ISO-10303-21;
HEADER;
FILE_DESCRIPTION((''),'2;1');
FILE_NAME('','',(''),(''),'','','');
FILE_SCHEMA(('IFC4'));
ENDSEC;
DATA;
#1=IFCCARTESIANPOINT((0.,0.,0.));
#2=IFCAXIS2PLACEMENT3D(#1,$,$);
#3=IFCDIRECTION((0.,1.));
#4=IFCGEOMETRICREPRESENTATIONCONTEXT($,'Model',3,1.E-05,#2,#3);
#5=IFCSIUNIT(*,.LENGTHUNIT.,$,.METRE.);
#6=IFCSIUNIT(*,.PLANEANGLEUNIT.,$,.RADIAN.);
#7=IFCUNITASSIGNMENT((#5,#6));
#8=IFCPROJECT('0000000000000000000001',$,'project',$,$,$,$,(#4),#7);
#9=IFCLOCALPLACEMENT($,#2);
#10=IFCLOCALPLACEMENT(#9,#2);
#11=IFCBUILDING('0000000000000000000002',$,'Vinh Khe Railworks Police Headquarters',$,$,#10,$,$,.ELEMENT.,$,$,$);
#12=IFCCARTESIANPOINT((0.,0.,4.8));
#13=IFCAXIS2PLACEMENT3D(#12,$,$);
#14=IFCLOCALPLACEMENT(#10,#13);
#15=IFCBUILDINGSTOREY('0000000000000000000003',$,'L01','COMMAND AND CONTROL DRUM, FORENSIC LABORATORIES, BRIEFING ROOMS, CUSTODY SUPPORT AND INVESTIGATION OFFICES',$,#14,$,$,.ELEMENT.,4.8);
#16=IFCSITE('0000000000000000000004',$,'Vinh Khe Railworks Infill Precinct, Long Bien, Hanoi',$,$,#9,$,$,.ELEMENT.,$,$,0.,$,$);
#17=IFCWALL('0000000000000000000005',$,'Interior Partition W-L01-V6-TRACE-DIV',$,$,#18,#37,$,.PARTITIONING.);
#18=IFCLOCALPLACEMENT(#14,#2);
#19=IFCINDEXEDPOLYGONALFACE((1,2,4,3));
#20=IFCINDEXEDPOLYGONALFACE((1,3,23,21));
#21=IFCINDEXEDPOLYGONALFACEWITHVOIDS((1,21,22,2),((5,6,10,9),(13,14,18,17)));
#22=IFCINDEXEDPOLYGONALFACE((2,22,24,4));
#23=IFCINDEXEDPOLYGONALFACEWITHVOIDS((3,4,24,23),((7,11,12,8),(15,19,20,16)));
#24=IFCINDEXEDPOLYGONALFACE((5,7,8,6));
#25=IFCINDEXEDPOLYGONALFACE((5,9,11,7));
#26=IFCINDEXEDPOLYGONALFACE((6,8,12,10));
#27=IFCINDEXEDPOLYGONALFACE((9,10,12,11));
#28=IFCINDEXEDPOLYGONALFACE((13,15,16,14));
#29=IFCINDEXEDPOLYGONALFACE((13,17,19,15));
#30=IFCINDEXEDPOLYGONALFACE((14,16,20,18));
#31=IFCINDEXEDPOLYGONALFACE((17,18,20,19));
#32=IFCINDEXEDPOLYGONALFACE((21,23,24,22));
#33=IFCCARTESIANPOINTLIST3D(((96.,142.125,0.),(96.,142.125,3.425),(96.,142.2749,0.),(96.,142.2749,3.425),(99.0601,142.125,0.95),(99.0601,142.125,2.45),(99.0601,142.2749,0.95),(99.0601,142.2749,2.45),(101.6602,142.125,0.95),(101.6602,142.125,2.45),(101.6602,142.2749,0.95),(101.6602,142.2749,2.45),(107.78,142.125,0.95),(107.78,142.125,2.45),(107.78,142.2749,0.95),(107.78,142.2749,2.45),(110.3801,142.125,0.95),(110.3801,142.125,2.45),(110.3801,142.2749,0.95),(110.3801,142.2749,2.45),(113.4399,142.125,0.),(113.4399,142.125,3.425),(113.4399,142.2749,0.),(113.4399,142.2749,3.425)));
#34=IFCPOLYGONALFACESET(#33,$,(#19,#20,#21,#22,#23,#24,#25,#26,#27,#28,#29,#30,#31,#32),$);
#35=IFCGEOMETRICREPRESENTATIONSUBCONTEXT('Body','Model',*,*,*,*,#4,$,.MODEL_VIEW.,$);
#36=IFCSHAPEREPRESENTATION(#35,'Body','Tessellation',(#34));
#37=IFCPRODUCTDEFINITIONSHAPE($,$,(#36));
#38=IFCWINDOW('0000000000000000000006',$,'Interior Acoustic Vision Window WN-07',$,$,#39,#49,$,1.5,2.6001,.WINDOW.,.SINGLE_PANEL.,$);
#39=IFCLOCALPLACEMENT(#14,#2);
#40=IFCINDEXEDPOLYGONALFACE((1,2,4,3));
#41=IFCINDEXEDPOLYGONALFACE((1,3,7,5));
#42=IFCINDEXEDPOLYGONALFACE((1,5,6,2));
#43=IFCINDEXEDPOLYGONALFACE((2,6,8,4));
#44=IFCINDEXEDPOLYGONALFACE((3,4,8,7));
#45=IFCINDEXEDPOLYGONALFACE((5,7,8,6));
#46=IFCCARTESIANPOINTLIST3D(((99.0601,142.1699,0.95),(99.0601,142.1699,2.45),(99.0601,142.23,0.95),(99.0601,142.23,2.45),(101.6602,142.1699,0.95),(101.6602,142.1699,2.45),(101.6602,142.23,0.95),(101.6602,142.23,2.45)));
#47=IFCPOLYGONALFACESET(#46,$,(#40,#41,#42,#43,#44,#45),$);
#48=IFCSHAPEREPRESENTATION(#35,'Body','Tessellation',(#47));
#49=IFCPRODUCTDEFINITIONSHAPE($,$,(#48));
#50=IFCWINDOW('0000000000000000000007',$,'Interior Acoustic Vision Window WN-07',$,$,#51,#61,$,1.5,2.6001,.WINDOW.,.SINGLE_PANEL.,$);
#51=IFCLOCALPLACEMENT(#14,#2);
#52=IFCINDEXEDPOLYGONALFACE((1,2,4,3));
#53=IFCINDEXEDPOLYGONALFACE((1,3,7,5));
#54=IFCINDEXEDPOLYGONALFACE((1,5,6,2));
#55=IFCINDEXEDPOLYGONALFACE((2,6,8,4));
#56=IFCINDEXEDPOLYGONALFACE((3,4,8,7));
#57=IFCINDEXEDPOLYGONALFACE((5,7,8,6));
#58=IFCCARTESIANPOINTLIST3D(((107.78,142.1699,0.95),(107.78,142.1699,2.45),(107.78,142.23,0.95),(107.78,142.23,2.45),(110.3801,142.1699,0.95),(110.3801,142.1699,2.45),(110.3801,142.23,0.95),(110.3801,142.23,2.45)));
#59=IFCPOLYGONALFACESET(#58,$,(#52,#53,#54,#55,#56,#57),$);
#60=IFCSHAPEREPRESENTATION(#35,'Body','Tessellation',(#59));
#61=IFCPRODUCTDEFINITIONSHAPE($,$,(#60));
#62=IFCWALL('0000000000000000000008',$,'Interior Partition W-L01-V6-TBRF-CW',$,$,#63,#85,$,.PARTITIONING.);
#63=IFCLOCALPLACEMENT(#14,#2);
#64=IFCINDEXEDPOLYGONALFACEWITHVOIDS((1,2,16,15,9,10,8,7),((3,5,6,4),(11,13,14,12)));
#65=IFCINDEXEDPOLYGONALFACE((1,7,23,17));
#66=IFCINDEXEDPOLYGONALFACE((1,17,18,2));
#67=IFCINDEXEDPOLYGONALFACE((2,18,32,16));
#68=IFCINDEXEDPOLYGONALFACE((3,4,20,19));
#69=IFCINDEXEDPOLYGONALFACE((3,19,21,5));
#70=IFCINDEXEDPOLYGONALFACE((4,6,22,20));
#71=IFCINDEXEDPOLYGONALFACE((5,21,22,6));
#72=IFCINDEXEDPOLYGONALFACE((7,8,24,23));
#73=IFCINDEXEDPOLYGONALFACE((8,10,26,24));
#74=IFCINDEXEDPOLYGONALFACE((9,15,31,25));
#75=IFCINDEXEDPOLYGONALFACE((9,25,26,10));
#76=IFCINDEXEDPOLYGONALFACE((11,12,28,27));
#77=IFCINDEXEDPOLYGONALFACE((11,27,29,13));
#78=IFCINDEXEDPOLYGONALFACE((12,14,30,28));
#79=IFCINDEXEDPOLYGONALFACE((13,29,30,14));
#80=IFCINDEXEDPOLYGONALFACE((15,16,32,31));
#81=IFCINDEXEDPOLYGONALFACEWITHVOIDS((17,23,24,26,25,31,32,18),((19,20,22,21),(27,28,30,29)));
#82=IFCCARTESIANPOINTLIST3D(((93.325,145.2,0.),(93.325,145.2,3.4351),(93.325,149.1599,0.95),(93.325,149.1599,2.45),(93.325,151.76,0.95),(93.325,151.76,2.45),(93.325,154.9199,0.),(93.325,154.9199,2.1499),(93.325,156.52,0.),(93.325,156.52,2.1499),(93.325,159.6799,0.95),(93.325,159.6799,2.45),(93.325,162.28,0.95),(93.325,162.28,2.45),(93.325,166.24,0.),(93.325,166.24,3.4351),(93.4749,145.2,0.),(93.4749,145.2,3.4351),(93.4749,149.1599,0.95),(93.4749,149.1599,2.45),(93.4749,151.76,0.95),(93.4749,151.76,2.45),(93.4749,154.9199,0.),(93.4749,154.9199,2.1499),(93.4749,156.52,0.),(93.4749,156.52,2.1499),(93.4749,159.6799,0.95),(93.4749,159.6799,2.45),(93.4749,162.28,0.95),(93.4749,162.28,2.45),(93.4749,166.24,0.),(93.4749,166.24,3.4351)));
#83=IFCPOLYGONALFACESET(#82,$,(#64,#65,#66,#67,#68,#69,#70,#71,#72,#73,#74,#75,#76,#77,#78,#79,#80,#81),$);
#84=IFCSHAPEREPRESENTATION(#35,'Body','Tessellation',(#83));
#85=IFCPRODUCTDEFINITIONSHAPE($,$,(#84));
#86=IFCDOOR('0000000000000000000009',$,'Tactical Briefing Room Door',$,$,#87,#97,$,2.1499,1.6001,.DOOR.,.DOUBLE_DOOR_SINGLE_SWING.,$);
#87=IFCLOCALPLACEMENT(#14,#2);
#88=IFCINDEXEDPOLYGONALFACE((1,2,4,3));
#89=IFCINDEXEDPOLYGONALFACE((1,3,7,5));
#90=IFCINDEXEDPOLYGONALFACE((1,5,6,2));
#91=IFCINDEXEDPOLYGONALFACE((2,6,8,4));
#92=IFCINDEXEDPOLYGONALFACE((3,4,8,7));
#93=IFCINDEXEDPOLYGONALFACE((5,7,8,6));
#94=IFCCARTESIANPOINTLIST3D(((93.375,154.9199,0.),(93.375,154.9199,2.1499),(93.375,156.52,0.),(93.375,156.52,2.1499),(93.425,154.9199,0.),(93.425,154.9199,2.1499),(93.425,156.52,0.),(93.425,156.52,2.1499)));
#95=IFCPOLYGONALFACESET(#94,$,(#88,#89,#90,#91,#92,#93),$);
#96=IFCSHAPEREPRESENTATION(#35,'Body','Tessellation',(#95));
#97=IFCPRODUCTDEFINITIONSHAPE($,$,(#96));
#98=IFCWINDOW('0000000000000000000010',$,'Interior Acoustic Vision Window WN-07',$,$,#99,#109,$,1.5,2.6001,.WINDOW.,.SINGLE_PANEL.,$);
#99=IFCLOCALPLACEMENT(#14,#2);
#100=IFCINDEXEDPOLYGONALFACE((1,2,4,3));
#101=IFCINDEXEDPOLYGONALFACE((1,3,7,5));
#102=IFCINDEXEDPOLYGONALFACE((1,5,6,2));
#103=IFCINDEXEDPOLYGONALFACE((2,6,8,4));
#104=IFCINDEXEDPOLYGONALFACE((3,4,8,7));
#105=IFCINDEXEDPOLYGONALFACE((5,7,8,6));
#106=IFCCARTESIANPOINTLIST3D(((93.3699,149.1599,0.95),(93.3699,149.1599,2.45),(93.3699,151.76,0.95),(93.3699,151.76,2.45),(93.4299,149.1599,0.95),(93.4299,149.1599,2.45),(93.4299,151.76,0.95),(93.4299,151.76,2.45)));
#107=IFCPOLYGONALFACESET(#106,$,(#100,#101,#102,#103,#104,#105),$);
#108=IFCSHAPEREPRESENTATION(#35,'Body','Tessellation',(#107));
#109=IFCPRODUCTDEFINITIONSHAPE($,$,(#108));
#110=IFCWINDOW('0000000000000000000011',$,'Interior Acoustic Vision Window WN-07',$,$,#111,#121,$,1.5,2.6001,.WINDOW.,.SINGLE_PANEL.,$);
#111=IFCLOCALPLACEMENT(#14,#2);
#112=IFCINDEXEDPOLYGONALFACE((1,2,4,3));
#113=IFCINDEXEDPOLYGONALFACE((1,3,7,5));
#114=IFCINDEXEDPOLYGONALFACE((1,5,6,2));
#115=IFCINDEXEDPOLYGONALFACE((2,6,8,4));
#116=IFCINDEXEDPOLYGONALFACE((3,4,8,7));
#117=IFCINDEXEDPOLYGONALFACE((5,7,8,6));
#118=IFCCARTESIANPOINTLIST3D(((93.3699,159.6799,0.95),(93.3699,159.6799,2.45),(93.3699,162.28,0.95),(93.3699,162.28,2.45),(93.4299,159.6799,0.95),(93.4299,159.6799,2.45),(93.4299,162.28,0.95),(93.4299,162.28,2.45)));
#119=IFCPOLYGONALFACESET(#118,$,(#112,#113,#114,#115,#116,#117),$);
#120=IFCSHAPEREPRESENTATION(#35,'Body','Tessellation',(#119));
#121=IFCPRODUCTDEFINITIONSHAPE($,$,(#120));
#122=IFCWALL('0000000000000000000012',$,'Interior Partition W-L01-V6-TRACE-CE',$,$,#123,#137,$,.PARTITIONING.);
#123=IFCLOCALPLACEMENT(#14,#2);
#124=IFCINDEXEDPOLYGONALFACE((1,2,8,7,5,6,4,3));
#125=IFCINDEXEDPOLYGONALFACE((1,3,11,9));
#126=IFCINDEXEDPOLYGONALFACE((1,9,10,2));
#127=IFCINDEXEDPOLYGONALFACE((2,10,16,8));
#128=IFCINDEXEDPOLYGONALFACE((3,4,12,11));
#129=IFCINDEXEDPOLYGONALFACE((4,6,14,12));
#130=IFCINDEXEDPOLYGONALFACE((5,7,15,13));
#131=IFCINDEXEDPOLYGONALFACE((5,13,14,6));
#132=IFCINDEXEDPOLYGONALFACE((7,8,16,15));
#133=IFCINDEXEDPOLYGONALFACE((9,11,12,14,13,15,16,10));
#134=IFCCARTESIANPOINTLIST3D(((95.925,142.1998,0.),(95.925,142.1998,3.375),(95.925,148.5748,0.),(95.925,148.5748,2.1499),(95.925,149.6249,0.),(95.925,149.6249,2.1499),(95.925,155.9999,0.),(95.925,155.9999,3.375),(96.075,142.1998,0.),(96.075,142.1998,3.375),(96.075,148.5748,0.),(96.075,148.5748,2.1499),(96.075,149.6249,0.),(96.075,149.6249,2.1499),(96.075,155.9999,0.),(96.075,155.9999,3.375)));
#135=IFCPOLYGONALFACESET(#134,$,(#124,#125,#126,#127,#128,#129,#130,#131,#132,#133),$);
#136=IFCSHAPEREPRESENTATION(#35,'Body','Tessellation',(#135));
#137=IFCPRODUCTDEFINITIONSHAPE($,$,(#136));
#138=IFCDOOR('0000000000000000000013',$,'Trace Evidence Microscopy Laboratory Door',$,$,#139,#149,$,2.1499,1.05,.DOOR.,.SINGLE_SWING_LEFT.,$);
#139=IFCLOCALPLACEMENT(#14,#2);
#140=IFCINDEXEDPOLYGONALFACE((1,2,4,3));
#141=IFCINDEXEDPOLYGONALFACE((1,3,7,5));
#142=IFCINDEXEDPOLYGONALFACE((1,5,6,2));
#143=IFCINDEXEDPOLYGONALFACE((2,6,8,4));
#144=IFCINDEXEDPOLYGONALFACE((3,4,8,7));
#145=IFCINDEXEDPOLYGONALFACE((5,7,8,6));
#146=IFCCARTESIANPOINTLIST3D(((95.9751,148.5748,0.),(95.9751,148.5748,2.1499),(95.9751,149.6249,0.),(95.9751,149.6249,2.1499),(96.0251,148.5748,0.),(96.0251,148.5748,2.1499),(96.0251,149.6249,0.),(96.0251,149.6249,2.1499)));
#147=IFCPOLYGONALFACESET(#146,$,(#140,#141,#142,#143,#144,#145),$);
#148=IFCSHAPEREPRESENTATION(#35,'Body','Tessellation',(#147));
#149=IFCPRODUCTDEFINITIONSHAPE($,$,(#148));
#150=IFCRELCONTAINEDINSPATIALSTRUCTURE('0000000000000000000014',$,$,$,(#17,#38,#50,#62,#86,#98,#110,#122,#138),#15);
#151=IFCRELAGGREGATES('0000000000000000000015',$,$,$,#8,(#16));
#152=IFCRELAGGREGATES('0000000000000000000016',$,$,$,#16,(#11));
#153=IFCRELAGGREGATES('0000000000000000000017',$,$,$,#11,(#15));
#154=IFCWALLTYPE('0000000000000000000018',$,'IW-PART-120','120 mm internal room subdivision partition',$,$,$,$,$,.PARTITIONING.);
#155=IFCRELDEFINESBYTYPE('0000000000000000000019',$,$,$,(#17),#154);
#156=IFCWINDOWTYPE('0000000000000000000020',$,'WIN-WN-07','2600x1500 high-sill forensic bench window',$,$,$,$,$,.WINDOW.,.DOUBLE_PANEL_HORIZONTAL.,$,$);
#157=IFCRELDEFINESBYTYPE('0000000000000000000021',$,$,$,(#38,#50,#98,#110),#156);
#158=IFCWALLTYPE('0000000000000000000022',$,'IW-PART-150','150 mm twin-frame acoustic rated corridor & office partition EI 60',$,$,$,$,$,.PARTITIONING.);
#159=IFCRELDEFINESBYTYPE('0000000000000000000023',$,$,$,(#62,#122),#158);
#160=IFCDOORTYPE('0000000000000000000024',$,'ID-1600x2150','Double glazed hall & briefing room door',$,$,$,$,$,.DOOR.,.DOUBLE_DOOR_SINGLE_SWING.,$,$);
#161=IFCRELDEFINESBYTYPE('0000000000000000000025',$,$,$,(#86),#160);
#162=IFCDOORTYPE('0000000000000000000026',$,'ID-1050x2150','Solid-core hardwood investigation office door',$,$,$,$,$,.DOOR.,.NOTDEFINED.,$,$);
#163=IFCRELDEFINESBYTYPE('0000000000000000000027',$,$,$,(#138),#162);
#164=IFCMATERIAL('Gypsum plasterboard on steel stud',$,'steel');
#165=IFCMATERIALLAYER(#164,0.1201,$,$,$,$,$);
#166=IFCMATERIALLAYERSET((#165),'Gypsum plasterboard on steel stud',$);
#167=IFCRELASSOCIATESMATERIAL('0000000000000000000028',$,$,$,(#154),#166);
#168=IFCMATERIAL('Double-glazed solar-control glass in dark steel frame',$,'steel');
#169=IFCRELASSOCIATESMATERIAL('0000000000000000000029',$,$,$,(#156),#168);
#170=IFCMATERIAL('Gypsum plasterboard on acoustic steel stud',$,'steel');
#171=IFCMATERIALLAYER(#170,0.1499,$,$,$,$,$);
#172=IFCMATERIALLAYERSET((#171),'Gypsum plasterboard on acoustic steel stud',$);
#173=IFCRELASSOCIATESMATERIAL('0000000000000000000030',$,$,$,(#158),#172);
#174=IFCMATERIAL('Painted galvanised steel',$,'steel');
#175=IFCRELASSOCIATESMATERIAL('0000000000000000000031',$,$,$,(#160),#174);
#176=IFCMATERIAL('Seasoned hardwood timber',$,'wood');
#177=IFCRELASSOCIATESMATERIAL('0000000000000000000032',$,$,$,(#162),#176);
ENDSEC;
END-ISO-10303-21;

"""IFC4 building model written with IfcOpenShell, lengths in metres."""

from ifc_helpers import new_model, si_unit, direction, frame, frame_2d, origin, place, context, subcontext, project, spatial, rectangle, extrude, material, layer, layer_set, type_object, element, fill, save


model = new_model("IFC4")

# Units and contexts
model_context = context("Model", 3, precision=1e-05, world=origin(), true_north=direction((0.0, 1.0)))
body_context = subcontext(model_context, "Body", "Model", "MODEL_VIEW")
ifc_project = project(units=[si_unit("LENGTHUNIT", "METRE"), si_unit("PLANEANGLEUNIT", "RADIAN")], contexts=[model_context])

# Site, building, storey
site_placement = place(None, origin())
site = spatial("IfcSite", under=ifc_project, at=site_placement, Name="Vinh Khe Railworks Infill Precinct, Long Bien, Hanoi", CompositionType="ELEMENT", RefElevation=0.0)
building_placement = place(site_placement, origin())
building = spatial("IfcBuilding", under=site, at=building_placement, Name="Vinh Khe Railworks Police Headquarters", CompositionType="ELEMENT")
storey_placement = place(building_placement, frame((0.0, 0.0, 4.8)))
storey = spatial("IfcBuildingStorey", under=building, at=storey_placement, Name="L01", Description="COMMAND AND CONTROL DRUM, FORENSIC LABORATORIES, BRIEFING ROOMS, CUSTODY SUPPORT AND INVESTIGATION OFFICES", CompositionType="ELEMENT", Elevation=4.8)

# Wall, openings, windows
ifc_material_1 = material(Name="Gypsum plasterboard on steel stud", Category="steel")
ifc_layer_1 = layer(ifc_material_1, 0.1201)
ifc_layer_set_1 = layer_set([ifc_layer_1], Name="Gypsum plasterboard on steel stud")
wall_type_1 = type_object("IfcWallType", Name="IW-PART-120", Description="120 mm internal room subdivision partition", PredefinedType="PARTITIONING", material=ifc_layer_set_1)
wall_1_placement = place(storey_placement, frame((96.0, 142.2, 0.0), z_axis=(0.0, 0.0, 1.0), x_axis=(1.0, 0.0, 0.0)))
wall_1 = element("IfcWall", 1, at=wall_1_placement, inside=storey, type_object=wall_type_1, Name="Interior Partition W-L01-V6-TRACE-DIV", PredefinedType="PARTITIONING", context=body_context, shape_type="SweptSolid", body=[
    extrude(rectangle(XDim=17.4399, YDim=0.1499, at=frame_2d((8.72, 0.0))), origin(), (0.0, 0.0, 1.0), 3.425),
])
opening_1_placement = place(wall_1_placement, frame((3.0601, 0.0, 0.95)))
opening_1 = element("IfcOpeningElement", 2, at=opening_1_placement, cuts=wall_1, PredefinedType="OPENING", context=body_context, shape_type="SweptSolid", body=[
    extrude(rectangle(XDim=2.6001, YDim=1.5, at=frame_2d((1.3, 0.75))), frame((0.0, 0.0898, 0.0), z_axis=(0.0, -1.0, 0.0), x_axis=(1.0, 0.0, 0.0)), (0.0, 0.0, 1.0), 0.1797),
])
opening_2_placement = place(wall_1_placement, frame((11.78, 0.0, 0.95)))
opening_2 = element("IfcOpeningElement", 3, at=opening_2_placement, cuts=wall_1, PredefinedType="OPENING", context=body_context, shape_type="SweptSolid", body=[
    extrude(rectangle(XDim=2.6001, YDim=1.5, at=frame_2d((1.3, 0.75))), frame((0.0, 0.0898, 0.0), z_axis=(0.0, -1.0, 0.0), x_axis=(1.0, 0.0, 0.0)), (0.0, 0.0, 1.0), 0.1797),
])
ifc_material_2 = material(Name="Double-glazed solar-control glass in dark steel frame", Category="steel")
window_type = type_object("IfcWindowType", Name="WIN-WN-07", Description="2600x1500 high-sill forensic bench window", PartitioningType="DOUBLE_PANEL_HORIZONTAL", PredefinedType="WINDOW", material=ifc_material_2)
window_1_placement = place(opening_1_placement, origin())
window_1 = element("IfcWindow", 4, at=window_1_placement, inside=storey, type_object=window_type, Name="Interior Acoustic Vision Window WN-07", OverallHeight=1.5, OverallWidth=2.6001, PartitioningType="SINGLE_PANEL", PredefinedType="WINDOW", context=body_context, shape_type="SweptSolid", body=[
    extrude(rectangle(XDim=2.6001, YDim=1.5, at=frame_2d((1.3, 0.75))), frame((0.0, 0.03, 0.0), z_axis=(0.0, -1.0, 0.0), x_axis=(1.0, 0.0, 0.0)), (0.0, 0.0, 1.0), 0.0601),
])
fill(opening_1, window_1)
window_2_placement = place(opening_2_placement, origin())
window_2 = element("IfcWindow", 5, at=window_2_placement, inside=storey, type_object=window_type, Name="Interior Acoustic Vision Window WN-07", OverallHeight=1.5, OverallWidth=2.6001, PartitioningType="SINGLE_PANEL", PredefinedType="WINDOW", context=body_context, shape_type="SweptSolid", body=[
    extrude(rectangle(XDim=2.6001, YDim=1.5, at=frame_2d((1.3, 0.75))), frame((0.0, 0.03, 0.0), z_axis=(0.0, -1.0, 0.0), x_axis=(1.0, 0.0, 0.0)), (0.0, 0.0, 1.0), 0.0601),
])
fill(opening_2, window_2)

# Wall, openings, door, windows
ifc_material_3 = material(Name="Gypsum plasterboard on acoustic steel stud", Category="steel")
ifc_layer_2 = layer(ifc_material_3, 0.1499)
ifc_layer_set_2 = layer_set([ifc_layer_2], Name="Gypsum plasterboard on acoustic steel stud")
wall_type_2 = type_object("IfcWallType", Name="IW-PART-150", Description="150 mm twin-frame acoustic rated corridor & office partition EI 60", PredefinedType="PARTITIONING", material=ifc_layer_set_2)
wall_2_placement = place(storey_placement, frame((93.3999, 145.2, 0.0), z_axis=(0.0, 0.0, 1.0), x_axis=(0.0, 1.0, 0.0)))
wall_2 = element("IfcWall", 6, at=wall_2_placement, inside=storey, type_object=wall_type_2, Name="Interior Partition W-L01-V6-TBRF-CW", PredefinedType="PARTITIONING", context=body_context, shape_type="SweptSolid", body=[
    extrude(rectangle(XDim=21.04, YDim=0.1499, at=frame_2d((10.52, 0.0))), origin(), (0.0, 0.0, 1.0), 3.4351),
])
opening_3_placement = place(wall_2_placement, frame((9.72, 0.0, 0.0)))
opening_3 = element("IfcOpeningElement", 7, at=opening_3_placement, cuts=wall_2, PredefinedType="OPENING", context=body_context, shape_type="SweptSolid", body=[
    extrude(rectangle(XDim=1.6001, YDim=2.1499, at=frame_2d((0.8, 1.075))), frame((0.0, 0.0898, 0.0), z_axis=(0.0, -1.0, 0.0), x_axis=(1.0, 0.0, 0.0)), (0.0, 0.0, 1.0), 0.1797),
])
opening_4_placement = place(wall_2_placement, frame((3.96, 0.0, 0.95)))
opening_4 = element("IfcOpeningElement", 8, at=opening_4_placement, cuts=wall_2, PredefinedType="OPENING", context=body_context, shape_type="SweptSolid", body=[
    extrude(rectangle(XDim=2.6001, YDim=1.5, at=frame_2d((1.3, 0.75))), frame((0.0, 0.0898, 0.0), z_axis=(0.0, -1.0, 0.0), x_axis=(1.0, 0.0, 0.0)), (0.0, 0.0, 1.0), 0.1797),
])
opening_5_placement = place(wall_2_placement, frame((14.48, 0.0, 0.95)))
opening_5 = element("IfcOpeningElement", 9, at=opening_5_placement, cuts=wall_2, PredefinedType="OPENING", context=body_context, shape_type="SweptSolid", body=[
    extrude(rectangle(XDim=2.6001, YDim=1.5, at=frame_2d((1.3, 0.75))), frame((0.0, 0.0898, 0.0), z_axis=(0.0, -1.0, 0.0), x_axis=(1.0, 0.0, 0.0)), (0.0, 0.0, 1.0), 0.1797),
])
ifc_material_4 = material(Name="Painted galvanised steel", Category="steel")
door_type_1 = type_object("IfcDoorType", Name="ID-1600x2150", Description="Double glazed hall & briefing room door", OperationType="DOUBLE_DOOR_SINGLE_SWING", PredefinedType="DOOR", material=ifc_material_4)
door_1_placement = place(opening_3_placement, origin())
door_1 = element("IfcDoor", 10, at=door_1_placement, inside=storey, type_object=door_type_1, Name="Tactical Briefing Room Door", OperationType="DOUBLE_DOOR_SINGLE_SWING", OverallHeight=2.1499, OverallWidth=1.6001, PredefinedType="DOOR", context=body_context, shape_type="SweptSolid", body=[
    extrude(rectangle(XDim=1.6001, YDim=2.1499, at=frame_2d((0.8, 1.075))), frame((0.0, 0.0249, 0.0), z_axis=(0.0, -1.0, 0.0), x_axis=(1.0, 0.0, 0.0)), (0.0, 0.0, 1.0), 0.05),
])
fill(opening_3, door_1)
window_3_placement = place(opening_4_placement, origin())
window_3 = element("IfcWindow", 11, at=window_3_placement, inside=storey, type_object=window_type, Name="Interior Acoustic Vision Window WN-07", OverallHeight=1.5, OverallWidth=2.6001, PartitioningType="SINGLE_PANEL", PredefinedType="WINDOW", context=body_context, shape_type="SweptSolid", body=[
    extrude(rectangle(XDim=2.6001, YDim=1.5, at=frame_2d((1.3, 0.75))), frame((0.0, 0.03, 0.0), z_axis=(0.0, -1.0, 0.0), x_axis=(1.0, 0.0, 0.0)), (0.0, 0.0, 1.0), 0.0601),
])
fill(opening_4, window_3)
window_4_placement = place(opening_5_placement, origin())
window_4 = element("IfcWindow", 12, at=window_4_placement, inside=storey, type_object=window_type, Name="Interior Acoustic Vision Window WN-07", OverallHeight=1.5, OverallWidth=2.6001, PartitioningType="SINGLE_PANEL", PredefinedType="WINDOW", context=body_context, shape_type="SweptSolid", body=[
    extrude(rectangle(XDim=2.6001, YDim=1.5, at=frame_2d((1.3, 0.75))), frame((0.0, 0.03, 0.0), z_axis=(0.0, -1.0, 0.0), x_axis=(1.0, 0.0, 0.0)), (0.0, 0.0, 1.0), 0.0601),
])
fill(opening_5, window_4)

# Wall, opening, door
wall_3_placement = place(storey_placement, frame((96.0, 142.2, 0.0), z_axis=(0.0, 0.0, 1.0), x_axis=(0.0, 1.0, 0.0)))
wall_3 = element("IfcWall", 13, at=wall_3_placement, inside=storey, type_object=wall_type_2, Name="Interior Partition W-L01-V6-TRACE-CE", PredefinedType="PARTITIONING", context=body_context, shape_type="SweptSolid", body=[
    extrude(rectangle(XDim=13.8, YDim=0.1499, at=frame_2d((6.8999, 0.0))), origin(), (0.0, 0.0, 1.0), 3.375),
])
opening_6_placement = place(wall_3_placement, frame((6.375, 0.0, 0.0)))
opening_6 = element("IfcOpeningElement", 14, at=opening_6_placement, cuts=wall_3, PredefinedType="OPENING", context=body_context, shape_type="SweptSolid", body=[
    extrude(rectangle(XDim=1.05, YDim=2.1499, at=frame_2d((0.5249, 1.075))), frame((0.0, 0.0898, 0.0), z_axis=(0.0, -1.0, 0.0), x_axis=(1.0, 0.0, 0.0)), (0.0, 0.0, 1.0), 0.1797),
])
ifc_material_5 = material(Name="Seasoned hardwood timber", Category="wood")
door_type_2 = type_object("IfcDoorType", Name="ID-1050x2150", Description="Solid-core hardwood investigation office door", OperationType="NOTDEFINED", PredefinedType="DOOR", material=ifc_material_5)
door_2_placement = place(opening_6_placement, origin())
door_2 = element("IfcDoor", 15, at=door_2_placement, inside=storey, type_object=door_type_2, Name="Trace Evidence Microscopy Laboratory Door", OperationType="SINGLE_SWING_LEFT", OverallHeight=2.1499, OverallWidth=1.05, PredefinedType="DOOR", context=body_context, shape_type="SweptSolid", body=[
    extrude(rectangle(XDim=1.05, YDim=2.1499, at=frame_2d((0.5249, 1.075))), frame((0.0, 0.0249, 0.0), z_axis=(0.0, -1.0, 0.0), x_axis=(1.0, 0.0, 0.0)), (0.0, 0.0, 1.0), 0.05),
])
fill(opening_6, door_2)

save(model, "model.ifc")
